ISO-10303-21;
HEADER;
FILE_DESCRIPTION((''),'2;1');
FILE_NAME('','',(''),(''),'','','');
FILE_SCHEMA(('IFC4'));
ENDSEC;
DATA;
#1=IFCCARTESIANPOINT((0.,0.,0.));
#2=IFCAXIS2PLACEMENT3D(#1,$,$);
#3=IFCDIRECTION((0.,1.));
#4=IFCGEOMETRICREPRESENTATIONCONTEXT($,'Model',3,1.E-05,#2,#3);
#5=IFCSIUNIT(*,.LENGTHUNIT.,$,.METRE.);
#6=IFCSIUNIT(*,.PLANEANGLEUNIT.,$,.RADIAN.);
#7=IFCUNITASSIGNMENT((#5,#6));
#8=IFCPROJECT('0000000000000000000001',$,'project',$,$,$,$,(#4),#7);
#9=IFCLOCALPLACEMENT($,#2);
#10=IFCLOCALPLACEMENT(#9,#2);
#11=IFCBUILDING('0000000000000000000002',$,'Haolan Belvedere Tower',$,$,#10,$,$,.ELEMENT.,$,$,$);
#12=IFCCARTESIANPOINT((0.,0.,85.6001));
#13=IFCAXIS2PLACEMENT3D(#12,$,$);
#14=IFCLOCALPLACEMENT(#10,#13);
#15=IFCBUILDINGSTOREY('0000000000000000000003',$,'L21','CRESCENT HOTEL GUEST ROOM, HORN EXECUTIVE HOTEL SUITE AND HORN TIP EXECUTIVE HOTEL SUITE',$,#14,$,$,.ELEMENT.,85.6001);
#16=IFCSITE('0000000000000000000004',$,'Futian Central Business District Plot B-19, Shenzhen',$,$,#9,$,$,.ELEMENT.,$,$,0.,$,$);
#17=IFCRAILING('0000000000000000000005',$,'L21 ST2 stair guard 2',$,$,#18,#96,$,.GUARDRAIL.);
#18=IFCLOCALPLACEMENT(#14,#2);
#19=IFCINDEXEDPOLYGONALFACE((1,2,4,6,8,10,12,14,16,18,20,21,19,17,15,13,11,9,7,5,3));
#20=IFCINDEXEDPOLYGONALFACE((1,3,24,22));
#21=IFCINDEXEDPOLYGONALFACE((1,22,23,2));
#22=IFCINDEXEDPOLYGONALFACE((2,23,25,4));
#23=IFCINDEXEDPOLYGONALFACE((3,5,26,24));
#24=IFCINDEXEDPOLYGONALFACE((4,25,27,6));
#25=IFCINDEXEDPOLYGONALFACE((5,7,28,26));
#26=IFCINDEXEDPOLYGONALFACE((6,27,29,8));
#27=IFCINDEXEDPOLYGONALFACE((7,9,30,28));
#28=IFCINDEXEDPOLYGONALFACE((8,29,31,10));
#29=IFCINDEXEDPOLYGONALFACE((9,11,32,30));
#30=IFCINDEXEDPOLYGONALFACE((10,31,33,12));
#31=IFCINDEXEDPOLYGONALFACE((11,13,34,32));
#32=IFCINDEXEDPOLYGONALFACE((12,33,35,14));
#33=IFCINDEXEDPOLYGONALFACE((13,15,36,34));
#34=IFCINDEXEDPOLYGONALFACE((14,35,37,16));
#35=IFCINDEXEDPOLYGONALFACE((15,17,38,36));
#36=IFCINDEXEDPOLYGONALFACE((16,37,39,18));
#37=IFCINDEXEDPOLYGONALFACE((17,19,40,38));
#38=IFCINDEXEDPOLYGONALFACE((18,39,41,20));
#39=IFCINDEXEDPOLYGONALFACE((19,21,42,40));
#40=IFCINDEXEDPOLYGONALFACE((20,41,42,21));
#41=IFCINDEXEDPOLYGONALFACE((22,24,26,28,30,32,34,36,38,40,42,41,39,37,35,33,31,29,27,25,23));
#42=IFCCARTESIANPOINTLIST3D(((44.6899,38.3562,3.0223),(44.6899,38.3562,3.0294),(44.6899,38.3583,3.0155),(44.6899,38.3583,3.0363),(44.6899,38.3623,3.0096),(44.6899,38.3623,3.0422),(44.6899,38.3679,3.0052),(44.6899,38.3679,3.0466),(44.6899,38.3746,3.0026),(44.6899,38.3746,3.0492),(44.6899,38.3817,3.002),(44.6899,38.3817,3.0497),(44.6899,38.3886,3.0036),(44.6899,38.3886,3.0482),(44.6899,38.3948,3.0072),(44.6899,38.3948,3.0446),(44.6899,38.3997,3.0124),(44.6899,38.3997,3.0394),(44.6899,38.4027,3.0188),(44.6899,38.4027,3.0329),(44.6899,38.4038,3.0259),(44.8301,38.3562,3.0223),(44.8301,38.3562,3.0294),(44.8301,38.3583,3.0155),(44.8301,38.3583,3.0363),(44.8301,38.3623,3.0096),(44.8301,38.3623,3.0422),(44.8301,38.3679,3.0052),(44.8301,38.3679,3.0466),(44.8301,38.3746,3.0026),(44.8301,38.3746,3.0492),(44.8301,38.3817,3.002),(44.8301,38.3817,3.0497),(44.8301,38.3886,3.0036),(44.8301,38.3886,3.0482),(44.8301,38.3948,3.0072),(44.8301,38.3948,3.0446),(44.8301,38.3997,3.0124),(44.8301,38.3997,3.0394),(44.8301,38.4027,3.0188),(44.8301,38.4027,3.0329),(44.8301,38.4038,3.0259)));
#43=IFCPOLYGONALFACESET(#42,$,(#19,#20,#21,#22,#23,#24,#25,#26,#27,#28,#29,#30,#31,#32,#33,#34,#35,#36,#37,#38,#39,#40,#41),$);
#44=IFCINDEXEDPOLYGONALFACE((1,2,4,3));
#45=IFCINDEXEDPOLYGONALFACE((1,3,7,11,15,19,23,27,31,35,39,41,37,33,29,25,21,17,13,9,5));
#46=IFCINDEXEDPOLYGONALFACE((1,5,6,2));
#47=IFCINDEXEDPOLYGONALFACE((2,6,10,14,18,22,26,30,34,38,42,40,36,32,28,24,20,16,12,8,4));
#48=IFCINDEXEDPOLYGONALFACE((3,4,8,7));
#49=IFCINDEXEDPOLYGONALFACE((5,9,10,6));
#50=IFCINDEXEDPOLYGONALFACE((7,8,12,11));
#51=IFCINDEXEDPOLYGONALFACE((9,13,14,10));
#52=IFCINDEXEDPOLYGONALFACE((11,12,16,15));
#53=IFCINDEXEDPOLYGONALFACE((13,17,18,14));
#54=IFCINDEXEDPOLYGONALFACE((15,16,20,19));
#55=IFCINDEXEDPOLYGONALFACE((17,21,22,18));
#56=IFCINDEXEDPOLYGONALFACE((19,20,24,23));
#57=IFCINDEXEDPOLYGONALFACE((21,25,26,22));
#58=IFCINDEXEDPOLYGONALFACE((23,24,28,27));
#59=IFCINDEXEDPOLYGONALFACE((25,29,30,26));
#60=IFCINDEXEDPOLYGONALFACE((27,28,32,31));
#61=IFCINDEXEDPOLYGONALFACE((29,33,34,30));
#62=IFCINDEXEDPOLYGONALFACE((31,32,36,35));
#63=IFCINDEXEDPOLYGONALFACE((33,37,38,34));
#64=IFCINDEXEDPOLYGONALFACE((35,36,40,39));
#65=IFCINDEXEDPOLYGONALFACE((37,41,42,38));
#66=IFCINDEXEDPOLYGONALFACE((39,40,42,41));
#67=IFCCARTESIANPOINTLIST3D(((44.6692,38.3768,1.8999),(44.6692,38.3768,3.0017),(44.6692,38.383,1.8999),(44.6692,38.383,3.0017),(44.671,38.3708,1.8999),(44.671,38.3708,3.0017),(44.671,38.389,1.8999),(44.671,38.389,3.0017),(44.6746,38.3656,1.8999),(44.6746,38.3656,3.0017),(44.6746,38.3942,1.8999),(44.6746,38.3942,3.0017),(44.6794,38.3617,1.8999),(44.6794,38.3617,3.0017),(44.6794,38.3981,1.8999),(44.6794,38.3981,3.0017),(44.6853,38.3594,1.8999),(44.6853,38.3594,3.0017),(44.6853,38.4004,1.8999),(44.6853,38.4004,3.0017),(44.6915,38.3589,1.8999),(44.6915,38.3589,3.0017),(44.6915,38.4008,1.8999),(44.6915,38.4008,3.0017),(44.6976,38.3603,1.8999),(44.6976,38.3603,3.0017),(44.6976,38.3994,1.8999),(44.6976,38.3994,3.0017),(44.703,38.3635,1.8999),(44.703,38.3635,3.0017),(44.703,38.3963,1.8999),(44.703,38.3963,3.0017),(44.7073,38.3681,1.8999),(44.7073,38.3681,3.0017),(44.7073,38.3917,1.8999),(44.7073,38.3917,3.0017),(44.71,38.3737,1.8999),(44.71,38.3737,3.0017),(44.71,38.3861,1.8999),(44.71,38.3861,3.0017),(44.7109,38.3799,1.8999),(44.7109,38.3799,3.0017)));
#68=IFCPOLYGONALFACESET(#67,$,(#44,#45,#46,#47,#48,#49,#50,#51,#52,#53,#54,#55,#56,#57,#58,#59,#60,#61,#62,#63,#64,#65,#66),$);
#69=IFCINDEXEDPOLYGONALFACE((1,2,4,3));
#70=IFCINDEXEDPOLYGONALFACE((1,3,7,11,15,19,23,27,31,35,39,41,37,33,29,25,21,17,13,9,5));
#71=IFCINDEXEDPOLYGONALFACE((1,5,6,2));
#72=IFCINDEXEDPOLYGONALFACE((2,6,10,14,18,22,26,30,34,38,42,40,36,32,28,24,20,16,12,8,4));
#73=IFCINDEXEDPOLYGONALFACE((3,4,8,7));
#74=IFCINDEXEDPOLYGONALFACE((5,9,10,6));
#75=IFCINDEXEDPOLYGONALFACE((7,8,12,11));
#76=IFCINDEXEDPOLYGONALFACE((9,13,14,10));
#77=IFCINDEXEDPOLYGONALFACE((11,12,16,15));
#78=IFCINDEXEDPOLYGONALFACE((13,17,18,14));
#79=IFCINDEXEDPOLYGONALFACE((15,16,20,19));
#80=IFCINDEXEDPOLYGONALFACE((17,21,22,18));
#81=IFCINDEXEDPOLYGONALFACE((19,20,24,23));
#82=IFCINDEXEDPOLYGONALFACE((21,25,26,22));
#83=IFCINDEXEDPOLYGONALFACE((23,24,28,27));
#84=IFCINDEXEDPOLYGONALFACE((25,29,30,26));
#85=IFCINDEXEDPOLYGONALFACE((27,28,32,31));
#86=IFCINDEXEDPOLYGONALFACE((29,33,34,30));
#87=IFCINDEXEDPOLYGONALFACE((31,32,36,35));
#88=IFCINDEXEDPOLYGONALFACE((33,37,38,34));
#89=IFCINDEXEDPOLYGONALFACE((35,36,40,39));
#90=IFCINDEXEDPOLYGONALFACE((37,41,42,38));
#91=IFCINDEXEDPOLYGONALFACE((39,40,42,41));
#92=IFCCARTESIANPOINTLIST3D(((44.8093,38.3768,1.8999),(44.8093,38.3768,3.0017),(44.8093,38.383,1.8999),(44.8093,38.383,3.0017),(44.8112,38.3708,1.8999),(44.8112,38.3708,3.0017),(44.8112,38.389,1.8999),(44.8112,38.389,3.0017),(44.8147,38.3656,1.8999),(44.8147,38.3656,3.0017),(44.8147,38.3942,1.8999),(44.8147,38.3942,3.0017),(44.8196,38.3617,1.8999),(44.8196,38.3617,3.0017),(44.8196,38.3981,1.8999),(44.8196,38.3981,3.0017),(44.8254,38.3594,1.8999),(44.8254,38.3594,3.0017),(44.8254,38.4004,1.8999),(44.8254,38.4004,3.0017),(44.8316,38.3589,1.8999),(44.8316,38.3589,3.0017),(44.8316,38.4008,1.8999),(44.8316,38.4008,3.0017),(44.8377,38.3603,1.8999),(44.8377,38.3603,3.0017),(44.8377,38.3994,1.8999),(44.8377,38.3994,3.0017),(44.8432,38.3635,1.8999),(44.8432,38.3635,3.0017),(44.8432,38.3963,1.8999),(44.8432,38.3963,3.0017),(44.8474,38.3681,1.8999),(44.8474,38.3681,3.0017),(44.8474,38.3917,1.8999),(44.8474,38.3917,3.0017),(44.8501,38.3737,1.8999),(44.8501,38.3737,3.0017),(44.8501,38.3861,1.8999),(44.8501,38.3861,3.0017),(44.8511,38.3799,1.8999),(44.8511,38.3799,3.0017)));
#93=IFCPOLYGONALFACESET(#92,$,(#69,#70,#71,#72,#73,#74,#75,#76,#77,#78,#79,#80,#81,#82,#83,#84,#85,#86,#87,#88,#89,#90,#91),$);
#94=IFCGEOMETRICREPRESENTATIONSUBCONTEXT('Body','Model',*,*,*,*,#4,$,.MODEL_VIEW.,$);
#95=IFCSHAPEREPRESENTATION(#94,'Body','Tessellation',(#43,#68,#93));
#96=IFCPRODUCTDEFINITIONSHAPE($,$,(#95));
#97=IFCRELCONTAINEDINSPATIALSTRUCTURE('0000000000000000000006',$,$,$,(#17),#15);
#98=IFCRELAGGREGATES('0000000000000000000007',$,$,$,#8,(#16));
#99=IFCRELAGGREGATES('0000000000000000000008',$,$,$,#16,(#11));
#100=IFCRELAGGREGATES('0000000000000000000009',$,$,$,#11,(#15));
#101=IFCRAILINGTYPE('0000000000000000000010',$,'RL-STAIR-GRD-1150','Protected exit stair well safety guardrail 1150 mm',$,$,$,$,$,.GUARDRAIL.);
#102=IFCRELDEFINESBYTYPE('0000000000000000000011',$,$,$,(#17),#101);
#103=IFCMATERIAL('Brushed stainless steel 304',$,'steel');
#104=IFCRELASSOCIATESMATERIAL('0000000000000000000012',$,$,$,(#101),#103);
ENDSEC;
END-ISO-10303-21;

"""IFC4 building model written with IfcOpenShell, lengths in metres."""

from ifc_helpers import new_model, si_unit, direction, frame, origin, origin_2d, place, context, subcontext, project, spatial, circle, extrude, material, type_object, element, save


model = new_model("IFC4")

# Units and contexts
model_context = context("Model", 3, precision=1e-05, world=origin(), true_north=direction((0.0, 1.0)))
body_context = subcontext(model_context, "Body", "Model", "MODEL_VIEW")
ifc_project = project(units=[si_unit("LENGTHUNIT", "METRE"), si_unit("PLANEANGLEUNIT", "RADIAN")], contexts=[model_context])

# Site, building, storey
site_placement = place(None, origin())
site = spatial("IfcSite", under=ifc_project, at=site_placement, Name="Futian Central Business District Plot B-19, Shenzhen", CompositionType="ELEMENT", RefElevation=0.0)
building_placement = place(site_placement, origin())
building = spatial("IfcBuilding", under=site, at=building_placement, Name="Haolan Belvedere Tower", CompositionType="ELEMENT")
storey_placement = place(building_placement, frame((0.0, 0.0, 85.6001)))
storey = spatial("IfcBuildingStorey", under=building, at=storey_placement, Name="L21", Description="CRESCENT HOTEL GUEST ROOM, HORN EXECUTIVE HOTEL SUITE AND HORN TIP EXECUTIVE HOTEL SUITE", CompositionType="ELEMENT", Elevation=85.6001)

# Railing
ifc_material_1 = material(Name="Brushed stainless steel 304", Category="steel")
railing_type_1 = type_object("IfcRailingType", Name="RL-STAIR-GRD-1150", Description="Protected exit stair well safety guardrail 1150 mm", PredefinedType="GUARDRAIL", material=ifc_material_1)
railing_1_placement = place(storey_placement, frame((44.6899, 38.3799, 1.8999)))
element("IfcRailing", 1, at=railing_1_placement, inside=storey, type_object=railing_type_1, Name="L21 ST2 stair guard 2", PredefinedType="GUARDRAIL", context=body_context, shape_type="SweptSolid", body=[
    extrude(circle(Radius=0.0239, at=origin_2d()), frame((0.0, 0.0, 1.126), z_axis=(1.0, 0.0, 0.0), x_axis=(0.0, 1.0, 0.0)), (0.0, 0.0, 1.0), 0.1401),
    extrude(circle(Radius=0.021, at=origin_2d()), origin(), (0.0, 0.0, 1.0), 1.1018),
    extrude(circle(Radius=0.021, at=origin_2d()), frame((0.1401, 0.0, 0.0)), (0.0, 0.0, 1.0), 1.1018),
])

save(model, "model.ifc")
